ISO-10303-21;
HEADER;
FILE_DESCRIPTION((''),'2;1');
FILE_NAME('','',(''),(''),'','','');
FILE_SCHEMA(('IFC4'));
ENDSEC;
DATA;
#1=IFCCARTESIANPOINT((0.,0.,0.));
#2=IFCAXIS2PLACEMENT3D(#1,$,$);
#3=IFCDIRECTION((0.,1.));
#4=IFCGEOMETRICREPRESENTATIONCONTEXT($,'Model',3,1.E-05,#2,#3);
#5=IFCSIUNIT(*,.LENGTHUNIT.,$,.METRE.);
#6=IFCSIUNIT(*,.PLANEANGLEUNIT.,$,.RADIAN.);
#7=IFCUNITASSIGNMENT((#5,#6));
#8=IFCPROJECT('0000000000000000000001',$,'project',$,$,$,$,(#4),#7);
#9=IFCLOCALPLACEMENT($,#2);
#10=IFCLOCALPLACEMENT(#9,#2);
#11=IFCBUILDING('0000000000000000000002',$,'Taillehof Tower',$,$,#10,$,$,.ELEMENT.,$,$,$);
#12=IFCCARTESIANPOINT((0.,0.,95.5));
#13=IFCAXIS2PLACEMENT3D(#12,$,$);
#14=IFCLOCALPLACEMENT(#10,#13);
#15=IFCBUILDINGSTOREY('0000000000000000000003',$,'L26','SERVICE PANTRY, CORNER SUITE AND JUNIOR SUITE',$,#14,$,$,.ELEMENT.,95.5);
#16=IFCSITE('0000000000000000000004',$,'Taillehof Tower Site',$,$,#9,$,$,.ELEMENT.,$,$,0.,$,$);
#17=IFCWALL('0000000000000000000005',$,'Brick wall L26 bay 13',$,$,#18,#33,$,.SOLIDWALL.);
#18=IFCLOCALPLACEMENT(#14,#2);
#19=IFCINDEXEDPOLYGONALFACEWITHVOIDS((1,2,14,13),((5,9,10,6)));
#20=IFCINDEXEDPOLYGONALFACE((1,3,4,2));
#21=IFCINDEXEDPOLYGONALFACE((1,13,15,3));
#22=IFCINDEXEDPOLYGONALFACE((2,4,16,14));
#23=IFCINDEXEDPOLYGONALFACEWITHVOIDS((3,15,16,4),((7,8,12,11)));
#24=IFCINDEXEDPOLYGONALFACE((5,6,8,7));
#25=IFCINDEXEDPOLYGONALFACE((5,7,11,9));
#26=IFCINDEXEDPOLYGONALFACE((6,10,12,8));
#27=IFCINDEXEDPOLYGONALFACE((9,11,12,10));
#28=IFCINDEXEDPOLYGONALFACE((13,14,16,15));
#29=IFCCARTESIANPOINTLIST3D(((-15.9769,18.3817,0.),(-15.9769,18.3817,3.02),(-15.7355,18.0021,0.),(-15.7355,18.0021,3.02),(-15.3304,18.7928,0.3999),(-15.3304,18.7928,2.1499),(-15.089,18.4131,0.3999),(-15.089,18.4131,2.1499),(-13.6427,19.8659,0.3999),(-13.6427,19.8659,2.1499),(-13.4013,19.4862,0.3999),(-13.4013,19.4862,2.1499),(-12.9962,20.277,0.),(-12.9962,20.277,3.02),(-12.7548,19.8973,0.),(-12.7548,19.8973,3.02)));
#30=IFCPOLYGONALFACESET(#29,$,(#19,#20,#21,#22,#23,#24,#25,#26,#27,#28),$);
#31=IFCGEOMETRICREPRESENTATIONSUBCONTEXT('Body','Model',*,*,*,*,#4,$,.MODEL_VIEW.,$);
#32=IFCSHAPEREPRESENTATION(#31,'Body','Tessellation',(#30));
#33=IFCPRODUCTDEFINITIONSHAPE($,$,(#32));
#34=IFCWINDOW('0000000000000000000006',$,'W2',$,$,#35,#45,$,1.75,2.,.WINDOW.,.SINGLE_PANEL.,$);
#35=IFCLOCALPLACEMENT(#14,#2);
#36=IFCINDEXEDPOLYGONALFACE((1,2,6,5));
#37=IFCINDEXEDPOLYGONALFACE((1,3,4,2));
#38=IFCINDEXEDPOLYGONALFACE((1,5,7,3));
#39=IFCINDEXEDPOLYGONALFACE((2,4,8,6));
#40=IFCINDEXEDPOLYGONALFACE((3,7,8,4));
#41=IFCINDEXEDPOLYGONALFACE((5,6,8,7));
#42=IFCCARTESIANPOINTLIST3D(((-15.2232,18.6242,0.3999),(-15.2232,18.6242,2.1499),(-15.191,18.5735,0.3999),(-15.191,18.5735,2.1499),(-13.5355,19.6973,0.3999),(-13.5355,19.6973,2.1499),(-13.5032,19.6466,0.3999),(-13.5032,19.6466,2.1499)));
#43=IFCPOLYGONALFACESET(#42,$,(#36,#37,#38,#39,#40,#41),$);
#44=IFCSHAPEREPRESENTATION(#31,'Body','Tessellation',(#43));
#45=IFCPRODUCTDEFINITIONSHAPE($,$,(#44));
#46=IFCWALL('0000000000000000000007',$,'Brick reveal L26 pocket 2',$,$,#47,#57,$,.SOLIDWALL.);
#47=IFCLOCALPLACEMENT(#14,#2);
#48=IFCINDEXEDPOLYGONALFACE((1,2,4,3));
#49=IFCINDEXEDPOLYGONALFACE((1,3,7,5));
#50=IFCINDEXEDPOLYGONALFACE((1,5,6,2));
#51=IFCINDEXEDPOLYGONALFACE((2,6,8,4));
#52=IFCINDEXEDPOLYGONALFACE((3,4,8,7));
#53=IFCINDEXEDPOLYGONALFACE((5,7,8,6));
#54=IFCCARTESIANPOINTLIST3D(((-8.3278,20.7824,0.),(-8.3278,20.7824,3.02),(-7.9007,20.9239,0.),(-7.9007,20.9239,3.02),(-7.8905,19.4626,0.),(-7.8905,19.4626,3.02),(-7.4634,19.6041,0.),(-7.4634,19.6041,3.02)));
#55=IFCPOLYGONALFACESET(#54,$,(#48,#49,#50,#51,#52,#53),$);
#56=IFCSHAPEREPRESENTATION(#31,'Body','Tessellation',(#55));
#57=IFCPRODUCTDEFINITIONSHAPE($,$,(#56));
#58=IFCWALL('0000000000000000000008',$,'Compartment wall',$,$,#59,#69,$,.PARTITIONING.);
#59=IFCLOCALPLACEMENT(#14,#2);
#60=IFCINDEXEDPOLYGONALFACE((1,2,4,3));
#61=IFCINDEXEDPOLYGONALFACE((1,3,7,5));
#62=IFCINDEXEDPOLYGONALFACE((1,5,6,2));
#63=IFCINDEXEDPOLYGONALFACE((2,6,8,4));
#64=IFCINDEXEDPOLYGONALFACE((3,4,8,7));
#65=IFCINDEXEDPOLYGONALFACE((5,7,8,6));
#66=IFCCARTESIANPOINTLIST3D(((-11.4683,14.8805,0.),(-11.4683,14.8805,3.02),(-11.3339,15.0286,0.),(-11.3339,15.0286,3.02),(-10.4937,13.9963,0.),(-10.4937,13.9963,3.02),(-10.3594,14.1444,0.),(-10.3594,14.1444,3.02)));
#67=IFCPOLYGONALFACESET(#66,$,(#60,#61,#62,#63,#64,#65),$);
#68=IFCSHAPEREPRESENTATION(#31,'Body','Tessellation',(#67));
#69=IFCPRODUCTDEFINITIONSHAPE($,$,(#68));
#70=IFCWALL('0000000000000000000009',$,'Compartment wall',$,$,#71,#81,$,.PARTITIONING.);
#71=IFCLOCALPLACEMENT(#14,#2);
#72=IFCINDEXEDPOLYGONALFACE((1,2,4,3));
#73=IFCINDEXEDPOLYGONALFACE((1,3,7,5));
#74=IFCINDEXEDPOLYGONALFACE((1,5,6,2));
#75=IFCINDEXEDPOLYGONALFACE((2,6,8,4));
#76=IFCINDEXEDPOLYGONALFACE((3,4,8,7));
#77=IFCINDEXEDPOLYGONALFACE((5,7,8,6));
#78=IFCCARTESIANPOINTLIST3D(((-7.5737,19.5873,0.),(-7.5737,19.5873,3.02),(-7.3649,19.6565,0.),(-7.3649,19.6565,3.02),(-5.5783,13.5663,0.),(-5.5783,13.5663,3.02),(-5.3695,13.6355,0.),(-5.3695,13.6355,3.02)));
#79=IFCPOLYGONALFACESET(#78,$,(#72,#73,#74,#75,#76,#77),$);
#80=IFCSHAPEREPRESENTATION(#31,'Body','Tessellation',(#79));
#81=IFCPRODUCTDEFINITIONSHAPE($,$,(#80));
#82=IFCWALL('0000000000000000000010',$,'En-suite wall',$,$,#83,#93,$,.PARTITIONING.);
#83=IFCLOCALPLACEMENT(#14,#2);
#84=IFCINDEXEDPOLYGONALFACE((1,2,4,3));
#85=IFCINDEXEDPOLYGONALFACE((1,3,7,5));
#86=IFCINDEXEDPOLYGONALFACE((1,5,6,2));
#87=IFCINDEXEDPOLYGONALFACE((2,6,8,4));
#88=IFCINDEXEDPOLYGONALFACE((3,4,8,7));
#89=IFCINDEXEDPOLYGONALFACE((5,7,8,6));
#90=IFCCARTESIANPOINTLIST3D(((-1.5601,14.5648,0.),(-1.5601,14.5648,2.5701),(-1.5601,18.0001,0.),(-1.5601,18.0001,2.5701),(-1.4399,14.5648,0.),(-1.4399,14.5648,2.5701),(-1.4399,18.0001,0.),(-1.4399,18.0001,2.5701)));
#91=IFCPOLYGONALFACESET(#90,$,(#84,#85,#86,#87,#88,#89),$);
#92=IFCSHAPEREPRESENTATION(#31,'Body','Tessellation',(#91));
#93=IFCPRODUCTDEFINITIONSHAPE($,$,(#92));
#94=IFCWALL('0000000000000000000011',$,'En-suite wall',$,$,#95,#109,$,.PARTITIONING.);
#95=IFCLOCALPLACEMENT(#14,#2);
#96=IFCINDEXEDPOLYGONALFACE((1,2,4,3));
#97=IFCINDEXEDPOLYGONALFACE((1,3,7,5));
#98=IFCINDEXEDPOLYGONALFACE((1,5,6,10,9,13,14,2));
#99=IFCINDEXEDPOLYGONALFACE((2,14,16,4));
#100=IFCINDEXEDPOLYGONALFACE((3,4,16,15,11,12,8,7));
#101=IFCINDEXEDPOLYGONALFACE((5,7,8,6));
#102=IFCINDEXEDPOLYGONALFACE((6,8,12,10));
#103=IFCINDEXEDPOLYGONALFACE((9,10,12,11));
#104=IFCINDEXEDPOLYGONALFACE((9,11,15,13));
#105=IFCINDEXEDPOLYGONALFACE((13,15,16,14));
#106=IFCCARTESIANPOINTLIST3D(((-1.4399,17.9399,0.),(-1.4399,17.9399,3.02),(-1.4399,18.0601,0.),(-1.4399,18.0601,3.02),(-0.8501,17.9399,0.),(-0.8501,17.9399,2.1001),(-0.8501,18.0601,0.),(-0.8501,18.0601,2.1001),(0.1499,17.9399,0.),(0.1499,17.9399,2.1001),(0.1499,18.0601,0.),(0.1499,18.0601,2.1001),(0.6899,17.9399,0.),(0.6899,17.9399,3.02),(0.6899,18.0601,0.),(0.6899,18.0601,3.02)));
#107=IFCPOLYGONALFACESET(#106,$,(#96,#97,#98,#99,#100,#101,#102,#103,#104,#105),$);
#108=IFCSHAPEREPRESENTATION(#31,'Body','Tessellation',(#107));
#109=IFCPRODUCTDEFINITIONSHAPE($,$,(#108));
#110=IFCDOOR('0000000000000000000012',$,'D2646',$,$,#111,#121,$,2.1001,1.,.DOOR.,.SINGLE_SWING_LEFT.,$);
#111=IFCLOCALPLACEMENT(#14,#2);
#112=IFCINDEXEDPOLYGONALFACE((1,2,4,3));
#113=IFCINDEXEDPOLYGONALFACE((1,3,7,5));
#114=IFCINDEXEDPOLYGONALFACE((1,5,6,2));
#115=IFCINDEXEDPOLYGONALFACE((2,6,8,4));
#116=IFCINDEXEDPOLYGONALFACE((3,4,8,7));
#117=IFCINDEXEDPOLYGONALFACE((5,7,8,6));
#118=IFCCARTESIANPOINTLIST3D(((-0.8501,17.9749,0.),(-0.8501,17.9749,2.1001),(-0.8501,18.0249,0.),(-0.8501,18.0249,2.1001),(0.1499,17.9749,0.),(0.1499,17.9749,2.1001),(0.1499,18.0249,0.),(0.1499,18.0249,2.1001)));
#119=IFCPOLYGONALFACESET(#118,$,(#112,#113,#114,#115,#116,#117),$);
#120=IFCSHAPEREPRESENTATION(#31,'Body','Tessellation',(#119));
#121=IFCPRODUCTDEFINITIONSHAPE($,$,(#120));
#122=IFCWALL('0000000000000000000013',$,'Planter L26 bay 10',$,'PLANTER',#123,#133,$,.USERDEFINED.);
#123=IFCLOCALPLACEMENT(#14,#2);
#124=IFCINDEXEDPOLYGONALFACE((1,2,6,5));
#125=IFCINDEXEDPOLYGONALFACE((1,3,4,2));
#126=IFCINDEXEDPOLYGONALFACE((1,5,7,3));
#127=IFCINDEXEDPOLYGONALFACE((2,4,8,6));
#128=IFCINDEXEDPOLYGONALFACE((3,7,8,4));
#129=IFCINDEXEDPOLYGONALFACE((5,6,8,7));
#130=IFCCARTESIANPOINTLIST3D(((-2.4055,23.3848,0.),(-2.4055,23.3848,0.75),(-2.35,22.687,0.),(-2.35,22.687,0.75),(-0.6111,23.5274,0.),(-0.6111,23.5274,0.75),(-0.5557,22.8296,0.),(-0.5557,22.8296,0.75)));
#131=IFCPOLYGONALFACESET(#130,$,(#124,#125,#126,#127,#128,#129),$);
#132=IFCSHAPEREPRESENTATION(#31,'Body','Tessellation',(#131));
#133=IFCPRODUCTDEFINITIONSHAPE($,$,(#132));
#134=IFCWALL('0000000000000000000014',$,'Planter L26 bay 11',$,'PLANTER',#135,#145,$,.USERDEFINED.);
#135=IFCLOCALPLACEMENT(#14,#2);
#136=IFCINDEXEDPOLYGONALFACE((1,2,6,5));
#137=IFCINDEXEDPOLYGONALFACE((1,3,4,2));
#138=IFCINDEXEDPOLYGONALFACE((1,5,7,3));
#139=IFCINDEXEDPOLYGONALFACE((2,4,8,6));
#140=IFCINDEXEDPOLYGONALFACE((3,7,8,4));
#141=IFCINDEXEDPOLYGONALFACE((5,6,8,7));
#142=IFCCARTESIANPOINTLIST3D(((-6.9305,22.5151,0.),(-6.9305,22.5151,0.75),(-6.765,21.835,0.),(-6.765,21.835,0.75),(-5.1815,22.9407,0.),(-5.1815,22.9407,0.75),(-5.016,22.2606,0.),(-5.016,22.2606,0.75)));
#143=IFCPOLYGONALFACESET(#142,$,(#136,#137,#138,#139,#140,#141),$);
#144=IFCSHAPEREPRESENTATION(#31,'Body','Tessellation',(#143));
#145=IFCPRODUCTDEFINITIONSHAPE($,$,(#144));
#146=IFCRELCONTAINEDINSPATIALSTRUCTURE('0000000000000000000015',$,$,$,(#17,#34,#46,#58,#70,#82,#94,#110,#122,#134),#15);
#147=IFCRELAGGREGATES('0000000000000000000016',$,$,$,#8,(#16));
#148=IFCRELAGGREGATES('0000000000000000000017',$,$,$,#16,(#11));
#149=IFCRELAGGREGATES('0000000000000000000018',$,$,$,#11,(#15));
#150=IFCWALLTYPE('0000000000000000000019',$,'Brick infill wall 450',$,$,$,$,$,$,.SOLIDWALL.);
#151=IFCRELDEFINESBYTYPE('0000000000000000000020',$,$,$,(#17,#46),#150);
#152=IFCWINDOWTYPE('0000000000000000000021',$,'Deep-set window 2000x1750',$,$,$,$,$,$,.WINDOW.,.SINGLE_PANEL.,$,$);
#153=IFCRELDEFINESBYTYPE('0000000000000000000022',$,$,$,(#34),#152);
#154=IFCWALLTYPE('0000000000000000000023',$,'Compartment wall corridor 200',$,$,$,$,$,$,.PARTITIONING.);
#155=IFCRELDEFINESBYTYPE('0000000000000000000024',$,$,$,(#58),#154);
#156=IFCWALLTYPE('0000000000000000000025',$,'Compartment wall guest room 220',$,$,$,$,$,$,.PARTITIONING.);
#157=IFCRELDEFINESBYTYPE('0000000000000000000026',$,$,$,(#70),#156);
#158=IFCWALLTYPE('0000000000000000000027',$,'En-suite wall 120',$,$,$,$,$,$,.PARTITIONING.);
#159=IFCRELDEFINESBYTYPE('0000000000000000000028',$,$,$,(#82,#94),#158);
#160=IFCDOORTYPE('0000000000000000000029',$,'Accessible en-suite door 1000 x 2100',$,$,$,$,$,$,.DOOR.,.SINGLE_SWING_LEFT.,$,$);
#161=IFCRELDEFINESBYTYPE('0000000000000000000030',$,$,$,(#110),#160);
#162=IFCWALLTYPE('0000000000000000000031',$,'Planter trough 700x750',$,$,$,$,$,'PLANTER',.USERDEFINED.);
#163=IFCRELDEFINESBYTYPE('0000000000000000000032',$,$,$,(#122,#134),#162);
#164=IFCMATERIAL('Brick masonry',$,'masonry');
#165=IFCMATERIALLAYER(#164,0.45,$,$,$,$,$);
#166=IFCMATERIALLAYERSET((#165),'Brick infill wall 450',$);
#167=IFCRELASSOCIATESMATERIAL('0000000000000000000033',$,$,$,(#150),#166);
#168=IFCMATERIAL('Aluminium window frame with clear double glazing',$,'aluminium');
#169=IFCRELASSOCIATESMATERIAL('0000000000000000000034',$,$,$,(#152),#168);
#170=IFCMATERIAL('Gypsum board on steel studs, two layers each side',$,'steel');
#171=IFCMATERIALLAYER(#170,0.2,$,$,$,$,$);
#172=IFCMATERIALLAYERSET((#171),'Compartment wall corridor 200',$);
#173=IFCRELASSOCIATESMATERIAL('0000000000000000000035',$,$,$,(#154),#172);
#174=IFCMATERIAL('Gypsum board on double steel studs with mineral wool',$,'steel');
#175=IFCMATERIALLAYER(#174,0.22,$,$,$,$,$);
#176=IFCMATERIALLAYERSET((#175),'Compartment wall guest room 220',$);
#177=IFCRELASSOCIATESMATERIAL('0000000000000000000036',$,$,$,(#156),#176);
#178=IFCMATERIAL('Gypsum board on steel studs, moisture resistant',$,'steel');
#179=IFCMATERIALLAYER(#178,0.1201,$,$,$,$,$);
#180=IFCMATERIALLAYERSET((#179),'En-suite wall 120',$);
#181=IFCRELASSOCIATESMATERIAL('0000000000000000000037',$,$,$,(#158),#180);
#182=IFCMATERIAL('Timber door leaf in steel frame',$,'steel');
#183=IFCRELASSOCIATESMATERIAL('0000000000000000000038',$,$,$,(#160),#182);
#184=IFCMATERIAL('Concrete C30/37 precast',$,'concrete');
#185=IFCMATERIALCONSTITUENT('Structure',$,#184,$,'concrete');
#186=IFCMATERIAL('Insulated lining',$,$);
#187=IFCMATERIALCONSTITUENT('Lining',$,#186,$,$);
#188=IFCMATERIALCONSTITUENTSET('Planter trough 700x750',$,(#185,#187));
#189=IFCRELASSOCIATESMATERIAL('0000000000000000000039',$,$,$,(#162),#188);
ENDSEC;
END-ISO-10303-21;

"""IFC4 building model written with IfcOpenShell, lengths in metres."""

from ifc_helpers import new_model, si_unit, direction, frame, frame_2d, origin, place, context, subcontext, project, spatial, rectangle, extrude, material, layer, layer_set, constituent, constituent_set, type_object, element, fill, save


model = new_model("IFC4")

# Units and contexts
model_context = context("Model", 3, precision=1e-05, world=origin(), true_north=direction((0.0, 1.0)))
body_context = subcontext(model_context, "Body", "Model", "MODEL_VIEW")
ifc_project = project(units=[si_unit("LENGTHUNIT", "METRE"), si_unit("PLANEANGLEUNIT", "RADIAN")], contexts=[model_context])

# Site, building, storey
site_placement = place(None, origin())
site = spatial("IfcSite", under=ifc_project, at=site_placement, Name="Taillehof Tower Site", CompositionType="ELEMENT", RefElevation=0.0)
building_placement = place(site_placement, origin())
building = spatial("IfcBuilding", under=site, at=building_placement, Name="Taillehof Tower", CompositionType="ELEMENT")
storey_placement = place(building_placement, frame((0.0, 0.0, 95.5)))
storey = spatial("IfcBuildingStorey", under=building, at=storey_placement, Name="L26", Description="SERVICE PANTRY, CORNER SUITE AND JUNIOR SUITE", CompositionType="ELEMENT", Elevation=95.5)

# Wall, opening, window
ifc_material_1 = material(Name="Brick masonry", Category="masonry")
ifc_layer_1 = layer(ifc_material_1, 0.45)
ifc_layer_set_1 = layer_set([ifc_layer_1], Name="Brick infill wall 450")
wall_type_1 = type_object("IfcWallType", Name="Brick infill wall 450", PredefinedType="SOLIDWALL", material=ifc_layer_set_1)
ifc_material_2 = material(Name="Aluminium window frame with clear double glazing", Category="aluminium")
window_type_1 = type_object("IfcWindowType", Name="Deep-set window 2000x1750", PartitioningType="SINGLE_PANEL", PredefinedType="WINDOW", material=ifc_material_2)
wall_1_placement = place(storey_placement, frame((-12.8755, 20.0872, 0.0), z_axis=(0.0, 0.0, 1.0), x_axis=(-0.843861, -0.536562, 0.0)))
wall_1 = element("IfcWall", 1, at=wall_1_placement, inside=storey, type_object=wall_type_1, Name="Brick wall L26 bay 13", PredefinedType="SOLIDWALL", context=body_context, shape_type="SweptSolid", body=[
    extrude(rectangle(XDim=3.5322, YDim=0.45, at=frame_2d((1.7661, 0.0))), origin(), (0.0, 0.0, 1.0), 3.02),
])
opening_1_placement = place(wall_1_placement, frame((0.7661, 0.0, 0.3999)))
opening_1 = element("IfcOpeningElement", 2, at=opening_1_placement, cuts=wall_1, PredefinedType="OPENING", context=body_context, shape_type="SweptSolid", body=[
    extrude(rectangle(XDim=2.0, YDim=1.75, at=frame_2d((1.0, 0.875))), frame((0.0, 0.2349, 0.0), z_axis=(0.0, -1.0, 0.0), x_axis=(1.0, 0.0, 0.0)), (0.0, 0.0, 1.0), 0.47),
])
window_1_placement = place(opening_1_placement, origin())
window_1 = element("IfcWindow", 3, at=window_1_placement, inside=storey, type_object=window_type_1, Name="W2", OverallHeight=1.75, OverallWidth=2.0, PartitioningType="SINGLE_PANEL", PredefinedType="WINDOW", context=body_context, shape_type="SweptSolid", body=[
    extrude(rectangle(XDim=2.0, YDim=1.75, at=frame_2d((1.0, 0.875))), frame((0.0, 0.0349, 0.0), z_axis=(0.0, -1.0, 0.0), x_axis=(1.0, 0.0, 0.0)), (0.0, 0.0, 1.0), 0.0601),
])
fill(opening_1, window_1)

# Wall
wall_2_placement = place(storey_placement, frame((-8.1143, 20.8533, 0.0), z_axis=(0.0, 0.0, 1.0), x_axis=(0.314489, -0.949261, 0.0)))
element("IfcWall", 4, at=wall_2_placement, inside=storey, type_object=wall_type_1, Name="Brick reveal L26 pocket 2", PredefinedType="SOLIDWALL", context=body_context, shape_type="SweptSolid", body=[
    extrude(rectangle(XDim=1.3904, YDim=0.45, at=frame_2d((0.6953, 0.0))), origin(), (0.0, 0.0, 1.0), 3.02),
])

# Walls
ifc_material_3 = material(Name="Gypsum board on steel studs, two layers each side", Category="steel")
ifc_layer_2 = layer(ifc_material_3, 0.2)
ifc_layer_set_2 = layer_set([ifc_layer_2], Name="Compartment wall corridor 200")
wall_type_2 = type_object("IfcWallType", Name="Compartment wall corridor 200", PredefinedType="PARTITIONING", material=ifc_layer_set_2)
wall_3_placement = place(storey_placement, frame((-11.4011, 14.9546, 0.0), z_axis=(0.0, 0.0, 1.0), x_axis=(0.740594, -0.671952, 0.0)))
element("IfcWall", 5, at=wall_3_placement, inside=storey, type_object=wall_type_2, Name="Compartment wall", PredefinedType="PARTITIONING", context=body_context, shape_type="SweptSolid", body=[
    extrude(rectangle(XDim=1.3159, YDim=0.2, at=frame_2d((0.658, 0.0))), origin(), (0.0, 0.0, 1.0), 3.02),
])
ifc_material_4 = material(Name="Gypsum board on double steel studs with mineral wool", Category="steel")
ifc_layer_3 = layer(ifc_material_4, 0.22)
ifc_layer_set_3 = layer_set([ifc_layer_3], Name="Compartment wall guest room 220")
wall_type_3 = type_object("IfcWallType", Name="Compartment wall guest room 220", PredefinedType="PARTITIONING", material=ifc_layer_set_3)
wall_4_placement = place(storey_placement, frame((-7.4692, 19.6218, 0.0), z_axis=(0.0, 0.0, 1.0), x_axis=(0.314576, -0.949232, 0.0)))
element("IfcWall", 6, at=wall_4_placement, inside=storey, type_object=wall_type_3, Name="Compartment wall", PredefinedType="PARTITIONING", context=body_context, shape_type="SweptSolid", body=[
    extrude(rectangle(XDim=6.343, YDim=0.22, at=frame_2d((3.1714, 0.0))), origin(), (0.0, 0.0, 1.0), 3.02),
])
ifc_material_5 = material(Name="Gypsum board on steel studs, moisture resistant", Category="steel")
ifc_layer_4 = layer(ifc_material_5, 0.1201)
ifc_layer_set_4 = layer_set([ifc_layer_4], Name="En-suite wall 120")
wall_type_4 = type_object("IfcWallType", Name="En-suite wall 120", PredefinedType="PARTITIONING", material=ifc_layer_set_4)
wall_5_placement = place(storey_placement, frame((-1.5, 14.5647, 0.0), z_axis=(0.0, 0.0, 1.0), x_axis=(0.0, 1.0, 0.0)))
element("IfcWall", 7, at=wall_5_placement, inside=storey, type_object=wall_type_4, Name="En-suite wall", PredefinedType="PARTITIONING", context=body_context, shape_type="SweptSolid", body=[
    extrude(rectangle(XDim=3.4353, YDim=0.1201, at=frame_2d((1.7178, 0.0))), origin(), (0.0, 0.0, 1.0), 2.5701),
])

# Wall, opening, door
wall_6_placement = place(storey_placement, frame((-1.4399, 18.0, 0.0), z_axis=(0.0, 0.0, 1.0), x_axis=(1.0, 0.0, 0.0)))
wall_6 = element("IfcWall", 8, at=wall_6_placement, inside=storey, type_object=wall_type_4, Name="En-suite wall", PredefinedType="PARTITIONING", context=body_context, shape_type="SweptSolid", body=[
    extrude(rectangle(XDim=2.1299, YDim=0.1201, at=frame_2d((1.0649, 0.0))), origin(), (0.0, 0.0, 1.0), 3.02),
])
opening_2_placement = place(wall_6_placement, frame((0.5898, 0.0, 0.0)))
opening_2 = element("IfcOpeningElement", 9, at=opening_2_placement, cuts=wall_6, PredefinedType="OPENING", context=body_context, shape_type="SweptSolid", body=[
    extrude(rectangle(XDim=1.0, YDim=2.1001, at=frame_2d((0.5, 1.05))), frame((0.0, 0.0701, 0.0), z_axis=(0.0, -1.0, 0.0), x_axis=(1.0, 0.0, 0.0)), (0.0, 0.0, 1.0), 0.1401),
])
ifc_material_6 = material(Name="Timber door leaf in steel frame", Category="steel")
door_type_1 = type_object("IfcDoorType", Name="Accessible en-suite door 1000 x 2100", OperationType="SINGLE_SWING_LEFT", PredefinedType="DOOR", material=ifc_material_6)
door_1_placement = place(opening_2_placement, origin())
door_1 = element("IfcDoor", 10, at=door_1_placement, inside=storey, type_object=door_type_1, Name="D2646", OperationType="SINGLE_SWING_LEFT", OverallHeight=2.1001, OverallWidth=1.0, PredefinedType="DOOR", context=body_context, shape_type="SweptSolid", body=[
    extrude(rectangle(XDim=1.0, YDim=2.1001, at=frame_2d((0.5, 1.05))), frame((0.0, 0.0249, 0.0), z_axis=(0.0, -1.0, 0.0), x_axis=(1.0, 0.0, 0.0)), (0.0, 0.0, 1.0), 0.05),
])
fill(opening_2, door_1)

# Walls
ifc_material_7 = material(Name="Concrete C30/37 precast", Category="concrete")
ifc_constituent_1 = constituent(ifc_material_7, Name="Structure", Category="concrete")
ifc_material_8 = material(Name="Insulated lining")
ifc_constituent_2 = constituent(ifc_material_8, Name="Lining")
ifc_constituent_set = constituent_set(constituents=[ifc_constituent_1, ifc_constituent_2], Name="Planter trough 700x750")
wall_type_5 = type_object("IfcWallType", Name="Planter trough 700x750", ElementType="PLANTER", PredefinedType="USERDEFINED", material=ifc_constituent_set)
for number, where, z_axis, x_axis, name in (
    (11, (-0.5835, 23.1785, 0.0), (0.0, 0.0, 1.0), (-0.996858, -0.079206, 0.0), "Planter L26 bay 10"),
    (12, (-5.0989, 22.6006, 0.0), (0.0, 0.0, 1.0), (-0.971655, -0.236403, 0.0), "Planter L26 bay 11"),
):
    element("IfcWall", number, at=place(storey_placement, frame(where, z_axis=z_axis, x_axis=x_axis)), inside=storey, type_object=wall_type_5, Name=name, ObjectType="PLANTER", PredefinedType="USERDEFINED", context=body_context, shape_type="SweptSolid", body=[
        extrude(rectangle(XDim=1.8, YDim=0.7, at=frame_2d((0.8999, 0.0))), origin(), (0.0, 0.0, 1.0), 0.75),
    ])

save(model, "model.ifc")
